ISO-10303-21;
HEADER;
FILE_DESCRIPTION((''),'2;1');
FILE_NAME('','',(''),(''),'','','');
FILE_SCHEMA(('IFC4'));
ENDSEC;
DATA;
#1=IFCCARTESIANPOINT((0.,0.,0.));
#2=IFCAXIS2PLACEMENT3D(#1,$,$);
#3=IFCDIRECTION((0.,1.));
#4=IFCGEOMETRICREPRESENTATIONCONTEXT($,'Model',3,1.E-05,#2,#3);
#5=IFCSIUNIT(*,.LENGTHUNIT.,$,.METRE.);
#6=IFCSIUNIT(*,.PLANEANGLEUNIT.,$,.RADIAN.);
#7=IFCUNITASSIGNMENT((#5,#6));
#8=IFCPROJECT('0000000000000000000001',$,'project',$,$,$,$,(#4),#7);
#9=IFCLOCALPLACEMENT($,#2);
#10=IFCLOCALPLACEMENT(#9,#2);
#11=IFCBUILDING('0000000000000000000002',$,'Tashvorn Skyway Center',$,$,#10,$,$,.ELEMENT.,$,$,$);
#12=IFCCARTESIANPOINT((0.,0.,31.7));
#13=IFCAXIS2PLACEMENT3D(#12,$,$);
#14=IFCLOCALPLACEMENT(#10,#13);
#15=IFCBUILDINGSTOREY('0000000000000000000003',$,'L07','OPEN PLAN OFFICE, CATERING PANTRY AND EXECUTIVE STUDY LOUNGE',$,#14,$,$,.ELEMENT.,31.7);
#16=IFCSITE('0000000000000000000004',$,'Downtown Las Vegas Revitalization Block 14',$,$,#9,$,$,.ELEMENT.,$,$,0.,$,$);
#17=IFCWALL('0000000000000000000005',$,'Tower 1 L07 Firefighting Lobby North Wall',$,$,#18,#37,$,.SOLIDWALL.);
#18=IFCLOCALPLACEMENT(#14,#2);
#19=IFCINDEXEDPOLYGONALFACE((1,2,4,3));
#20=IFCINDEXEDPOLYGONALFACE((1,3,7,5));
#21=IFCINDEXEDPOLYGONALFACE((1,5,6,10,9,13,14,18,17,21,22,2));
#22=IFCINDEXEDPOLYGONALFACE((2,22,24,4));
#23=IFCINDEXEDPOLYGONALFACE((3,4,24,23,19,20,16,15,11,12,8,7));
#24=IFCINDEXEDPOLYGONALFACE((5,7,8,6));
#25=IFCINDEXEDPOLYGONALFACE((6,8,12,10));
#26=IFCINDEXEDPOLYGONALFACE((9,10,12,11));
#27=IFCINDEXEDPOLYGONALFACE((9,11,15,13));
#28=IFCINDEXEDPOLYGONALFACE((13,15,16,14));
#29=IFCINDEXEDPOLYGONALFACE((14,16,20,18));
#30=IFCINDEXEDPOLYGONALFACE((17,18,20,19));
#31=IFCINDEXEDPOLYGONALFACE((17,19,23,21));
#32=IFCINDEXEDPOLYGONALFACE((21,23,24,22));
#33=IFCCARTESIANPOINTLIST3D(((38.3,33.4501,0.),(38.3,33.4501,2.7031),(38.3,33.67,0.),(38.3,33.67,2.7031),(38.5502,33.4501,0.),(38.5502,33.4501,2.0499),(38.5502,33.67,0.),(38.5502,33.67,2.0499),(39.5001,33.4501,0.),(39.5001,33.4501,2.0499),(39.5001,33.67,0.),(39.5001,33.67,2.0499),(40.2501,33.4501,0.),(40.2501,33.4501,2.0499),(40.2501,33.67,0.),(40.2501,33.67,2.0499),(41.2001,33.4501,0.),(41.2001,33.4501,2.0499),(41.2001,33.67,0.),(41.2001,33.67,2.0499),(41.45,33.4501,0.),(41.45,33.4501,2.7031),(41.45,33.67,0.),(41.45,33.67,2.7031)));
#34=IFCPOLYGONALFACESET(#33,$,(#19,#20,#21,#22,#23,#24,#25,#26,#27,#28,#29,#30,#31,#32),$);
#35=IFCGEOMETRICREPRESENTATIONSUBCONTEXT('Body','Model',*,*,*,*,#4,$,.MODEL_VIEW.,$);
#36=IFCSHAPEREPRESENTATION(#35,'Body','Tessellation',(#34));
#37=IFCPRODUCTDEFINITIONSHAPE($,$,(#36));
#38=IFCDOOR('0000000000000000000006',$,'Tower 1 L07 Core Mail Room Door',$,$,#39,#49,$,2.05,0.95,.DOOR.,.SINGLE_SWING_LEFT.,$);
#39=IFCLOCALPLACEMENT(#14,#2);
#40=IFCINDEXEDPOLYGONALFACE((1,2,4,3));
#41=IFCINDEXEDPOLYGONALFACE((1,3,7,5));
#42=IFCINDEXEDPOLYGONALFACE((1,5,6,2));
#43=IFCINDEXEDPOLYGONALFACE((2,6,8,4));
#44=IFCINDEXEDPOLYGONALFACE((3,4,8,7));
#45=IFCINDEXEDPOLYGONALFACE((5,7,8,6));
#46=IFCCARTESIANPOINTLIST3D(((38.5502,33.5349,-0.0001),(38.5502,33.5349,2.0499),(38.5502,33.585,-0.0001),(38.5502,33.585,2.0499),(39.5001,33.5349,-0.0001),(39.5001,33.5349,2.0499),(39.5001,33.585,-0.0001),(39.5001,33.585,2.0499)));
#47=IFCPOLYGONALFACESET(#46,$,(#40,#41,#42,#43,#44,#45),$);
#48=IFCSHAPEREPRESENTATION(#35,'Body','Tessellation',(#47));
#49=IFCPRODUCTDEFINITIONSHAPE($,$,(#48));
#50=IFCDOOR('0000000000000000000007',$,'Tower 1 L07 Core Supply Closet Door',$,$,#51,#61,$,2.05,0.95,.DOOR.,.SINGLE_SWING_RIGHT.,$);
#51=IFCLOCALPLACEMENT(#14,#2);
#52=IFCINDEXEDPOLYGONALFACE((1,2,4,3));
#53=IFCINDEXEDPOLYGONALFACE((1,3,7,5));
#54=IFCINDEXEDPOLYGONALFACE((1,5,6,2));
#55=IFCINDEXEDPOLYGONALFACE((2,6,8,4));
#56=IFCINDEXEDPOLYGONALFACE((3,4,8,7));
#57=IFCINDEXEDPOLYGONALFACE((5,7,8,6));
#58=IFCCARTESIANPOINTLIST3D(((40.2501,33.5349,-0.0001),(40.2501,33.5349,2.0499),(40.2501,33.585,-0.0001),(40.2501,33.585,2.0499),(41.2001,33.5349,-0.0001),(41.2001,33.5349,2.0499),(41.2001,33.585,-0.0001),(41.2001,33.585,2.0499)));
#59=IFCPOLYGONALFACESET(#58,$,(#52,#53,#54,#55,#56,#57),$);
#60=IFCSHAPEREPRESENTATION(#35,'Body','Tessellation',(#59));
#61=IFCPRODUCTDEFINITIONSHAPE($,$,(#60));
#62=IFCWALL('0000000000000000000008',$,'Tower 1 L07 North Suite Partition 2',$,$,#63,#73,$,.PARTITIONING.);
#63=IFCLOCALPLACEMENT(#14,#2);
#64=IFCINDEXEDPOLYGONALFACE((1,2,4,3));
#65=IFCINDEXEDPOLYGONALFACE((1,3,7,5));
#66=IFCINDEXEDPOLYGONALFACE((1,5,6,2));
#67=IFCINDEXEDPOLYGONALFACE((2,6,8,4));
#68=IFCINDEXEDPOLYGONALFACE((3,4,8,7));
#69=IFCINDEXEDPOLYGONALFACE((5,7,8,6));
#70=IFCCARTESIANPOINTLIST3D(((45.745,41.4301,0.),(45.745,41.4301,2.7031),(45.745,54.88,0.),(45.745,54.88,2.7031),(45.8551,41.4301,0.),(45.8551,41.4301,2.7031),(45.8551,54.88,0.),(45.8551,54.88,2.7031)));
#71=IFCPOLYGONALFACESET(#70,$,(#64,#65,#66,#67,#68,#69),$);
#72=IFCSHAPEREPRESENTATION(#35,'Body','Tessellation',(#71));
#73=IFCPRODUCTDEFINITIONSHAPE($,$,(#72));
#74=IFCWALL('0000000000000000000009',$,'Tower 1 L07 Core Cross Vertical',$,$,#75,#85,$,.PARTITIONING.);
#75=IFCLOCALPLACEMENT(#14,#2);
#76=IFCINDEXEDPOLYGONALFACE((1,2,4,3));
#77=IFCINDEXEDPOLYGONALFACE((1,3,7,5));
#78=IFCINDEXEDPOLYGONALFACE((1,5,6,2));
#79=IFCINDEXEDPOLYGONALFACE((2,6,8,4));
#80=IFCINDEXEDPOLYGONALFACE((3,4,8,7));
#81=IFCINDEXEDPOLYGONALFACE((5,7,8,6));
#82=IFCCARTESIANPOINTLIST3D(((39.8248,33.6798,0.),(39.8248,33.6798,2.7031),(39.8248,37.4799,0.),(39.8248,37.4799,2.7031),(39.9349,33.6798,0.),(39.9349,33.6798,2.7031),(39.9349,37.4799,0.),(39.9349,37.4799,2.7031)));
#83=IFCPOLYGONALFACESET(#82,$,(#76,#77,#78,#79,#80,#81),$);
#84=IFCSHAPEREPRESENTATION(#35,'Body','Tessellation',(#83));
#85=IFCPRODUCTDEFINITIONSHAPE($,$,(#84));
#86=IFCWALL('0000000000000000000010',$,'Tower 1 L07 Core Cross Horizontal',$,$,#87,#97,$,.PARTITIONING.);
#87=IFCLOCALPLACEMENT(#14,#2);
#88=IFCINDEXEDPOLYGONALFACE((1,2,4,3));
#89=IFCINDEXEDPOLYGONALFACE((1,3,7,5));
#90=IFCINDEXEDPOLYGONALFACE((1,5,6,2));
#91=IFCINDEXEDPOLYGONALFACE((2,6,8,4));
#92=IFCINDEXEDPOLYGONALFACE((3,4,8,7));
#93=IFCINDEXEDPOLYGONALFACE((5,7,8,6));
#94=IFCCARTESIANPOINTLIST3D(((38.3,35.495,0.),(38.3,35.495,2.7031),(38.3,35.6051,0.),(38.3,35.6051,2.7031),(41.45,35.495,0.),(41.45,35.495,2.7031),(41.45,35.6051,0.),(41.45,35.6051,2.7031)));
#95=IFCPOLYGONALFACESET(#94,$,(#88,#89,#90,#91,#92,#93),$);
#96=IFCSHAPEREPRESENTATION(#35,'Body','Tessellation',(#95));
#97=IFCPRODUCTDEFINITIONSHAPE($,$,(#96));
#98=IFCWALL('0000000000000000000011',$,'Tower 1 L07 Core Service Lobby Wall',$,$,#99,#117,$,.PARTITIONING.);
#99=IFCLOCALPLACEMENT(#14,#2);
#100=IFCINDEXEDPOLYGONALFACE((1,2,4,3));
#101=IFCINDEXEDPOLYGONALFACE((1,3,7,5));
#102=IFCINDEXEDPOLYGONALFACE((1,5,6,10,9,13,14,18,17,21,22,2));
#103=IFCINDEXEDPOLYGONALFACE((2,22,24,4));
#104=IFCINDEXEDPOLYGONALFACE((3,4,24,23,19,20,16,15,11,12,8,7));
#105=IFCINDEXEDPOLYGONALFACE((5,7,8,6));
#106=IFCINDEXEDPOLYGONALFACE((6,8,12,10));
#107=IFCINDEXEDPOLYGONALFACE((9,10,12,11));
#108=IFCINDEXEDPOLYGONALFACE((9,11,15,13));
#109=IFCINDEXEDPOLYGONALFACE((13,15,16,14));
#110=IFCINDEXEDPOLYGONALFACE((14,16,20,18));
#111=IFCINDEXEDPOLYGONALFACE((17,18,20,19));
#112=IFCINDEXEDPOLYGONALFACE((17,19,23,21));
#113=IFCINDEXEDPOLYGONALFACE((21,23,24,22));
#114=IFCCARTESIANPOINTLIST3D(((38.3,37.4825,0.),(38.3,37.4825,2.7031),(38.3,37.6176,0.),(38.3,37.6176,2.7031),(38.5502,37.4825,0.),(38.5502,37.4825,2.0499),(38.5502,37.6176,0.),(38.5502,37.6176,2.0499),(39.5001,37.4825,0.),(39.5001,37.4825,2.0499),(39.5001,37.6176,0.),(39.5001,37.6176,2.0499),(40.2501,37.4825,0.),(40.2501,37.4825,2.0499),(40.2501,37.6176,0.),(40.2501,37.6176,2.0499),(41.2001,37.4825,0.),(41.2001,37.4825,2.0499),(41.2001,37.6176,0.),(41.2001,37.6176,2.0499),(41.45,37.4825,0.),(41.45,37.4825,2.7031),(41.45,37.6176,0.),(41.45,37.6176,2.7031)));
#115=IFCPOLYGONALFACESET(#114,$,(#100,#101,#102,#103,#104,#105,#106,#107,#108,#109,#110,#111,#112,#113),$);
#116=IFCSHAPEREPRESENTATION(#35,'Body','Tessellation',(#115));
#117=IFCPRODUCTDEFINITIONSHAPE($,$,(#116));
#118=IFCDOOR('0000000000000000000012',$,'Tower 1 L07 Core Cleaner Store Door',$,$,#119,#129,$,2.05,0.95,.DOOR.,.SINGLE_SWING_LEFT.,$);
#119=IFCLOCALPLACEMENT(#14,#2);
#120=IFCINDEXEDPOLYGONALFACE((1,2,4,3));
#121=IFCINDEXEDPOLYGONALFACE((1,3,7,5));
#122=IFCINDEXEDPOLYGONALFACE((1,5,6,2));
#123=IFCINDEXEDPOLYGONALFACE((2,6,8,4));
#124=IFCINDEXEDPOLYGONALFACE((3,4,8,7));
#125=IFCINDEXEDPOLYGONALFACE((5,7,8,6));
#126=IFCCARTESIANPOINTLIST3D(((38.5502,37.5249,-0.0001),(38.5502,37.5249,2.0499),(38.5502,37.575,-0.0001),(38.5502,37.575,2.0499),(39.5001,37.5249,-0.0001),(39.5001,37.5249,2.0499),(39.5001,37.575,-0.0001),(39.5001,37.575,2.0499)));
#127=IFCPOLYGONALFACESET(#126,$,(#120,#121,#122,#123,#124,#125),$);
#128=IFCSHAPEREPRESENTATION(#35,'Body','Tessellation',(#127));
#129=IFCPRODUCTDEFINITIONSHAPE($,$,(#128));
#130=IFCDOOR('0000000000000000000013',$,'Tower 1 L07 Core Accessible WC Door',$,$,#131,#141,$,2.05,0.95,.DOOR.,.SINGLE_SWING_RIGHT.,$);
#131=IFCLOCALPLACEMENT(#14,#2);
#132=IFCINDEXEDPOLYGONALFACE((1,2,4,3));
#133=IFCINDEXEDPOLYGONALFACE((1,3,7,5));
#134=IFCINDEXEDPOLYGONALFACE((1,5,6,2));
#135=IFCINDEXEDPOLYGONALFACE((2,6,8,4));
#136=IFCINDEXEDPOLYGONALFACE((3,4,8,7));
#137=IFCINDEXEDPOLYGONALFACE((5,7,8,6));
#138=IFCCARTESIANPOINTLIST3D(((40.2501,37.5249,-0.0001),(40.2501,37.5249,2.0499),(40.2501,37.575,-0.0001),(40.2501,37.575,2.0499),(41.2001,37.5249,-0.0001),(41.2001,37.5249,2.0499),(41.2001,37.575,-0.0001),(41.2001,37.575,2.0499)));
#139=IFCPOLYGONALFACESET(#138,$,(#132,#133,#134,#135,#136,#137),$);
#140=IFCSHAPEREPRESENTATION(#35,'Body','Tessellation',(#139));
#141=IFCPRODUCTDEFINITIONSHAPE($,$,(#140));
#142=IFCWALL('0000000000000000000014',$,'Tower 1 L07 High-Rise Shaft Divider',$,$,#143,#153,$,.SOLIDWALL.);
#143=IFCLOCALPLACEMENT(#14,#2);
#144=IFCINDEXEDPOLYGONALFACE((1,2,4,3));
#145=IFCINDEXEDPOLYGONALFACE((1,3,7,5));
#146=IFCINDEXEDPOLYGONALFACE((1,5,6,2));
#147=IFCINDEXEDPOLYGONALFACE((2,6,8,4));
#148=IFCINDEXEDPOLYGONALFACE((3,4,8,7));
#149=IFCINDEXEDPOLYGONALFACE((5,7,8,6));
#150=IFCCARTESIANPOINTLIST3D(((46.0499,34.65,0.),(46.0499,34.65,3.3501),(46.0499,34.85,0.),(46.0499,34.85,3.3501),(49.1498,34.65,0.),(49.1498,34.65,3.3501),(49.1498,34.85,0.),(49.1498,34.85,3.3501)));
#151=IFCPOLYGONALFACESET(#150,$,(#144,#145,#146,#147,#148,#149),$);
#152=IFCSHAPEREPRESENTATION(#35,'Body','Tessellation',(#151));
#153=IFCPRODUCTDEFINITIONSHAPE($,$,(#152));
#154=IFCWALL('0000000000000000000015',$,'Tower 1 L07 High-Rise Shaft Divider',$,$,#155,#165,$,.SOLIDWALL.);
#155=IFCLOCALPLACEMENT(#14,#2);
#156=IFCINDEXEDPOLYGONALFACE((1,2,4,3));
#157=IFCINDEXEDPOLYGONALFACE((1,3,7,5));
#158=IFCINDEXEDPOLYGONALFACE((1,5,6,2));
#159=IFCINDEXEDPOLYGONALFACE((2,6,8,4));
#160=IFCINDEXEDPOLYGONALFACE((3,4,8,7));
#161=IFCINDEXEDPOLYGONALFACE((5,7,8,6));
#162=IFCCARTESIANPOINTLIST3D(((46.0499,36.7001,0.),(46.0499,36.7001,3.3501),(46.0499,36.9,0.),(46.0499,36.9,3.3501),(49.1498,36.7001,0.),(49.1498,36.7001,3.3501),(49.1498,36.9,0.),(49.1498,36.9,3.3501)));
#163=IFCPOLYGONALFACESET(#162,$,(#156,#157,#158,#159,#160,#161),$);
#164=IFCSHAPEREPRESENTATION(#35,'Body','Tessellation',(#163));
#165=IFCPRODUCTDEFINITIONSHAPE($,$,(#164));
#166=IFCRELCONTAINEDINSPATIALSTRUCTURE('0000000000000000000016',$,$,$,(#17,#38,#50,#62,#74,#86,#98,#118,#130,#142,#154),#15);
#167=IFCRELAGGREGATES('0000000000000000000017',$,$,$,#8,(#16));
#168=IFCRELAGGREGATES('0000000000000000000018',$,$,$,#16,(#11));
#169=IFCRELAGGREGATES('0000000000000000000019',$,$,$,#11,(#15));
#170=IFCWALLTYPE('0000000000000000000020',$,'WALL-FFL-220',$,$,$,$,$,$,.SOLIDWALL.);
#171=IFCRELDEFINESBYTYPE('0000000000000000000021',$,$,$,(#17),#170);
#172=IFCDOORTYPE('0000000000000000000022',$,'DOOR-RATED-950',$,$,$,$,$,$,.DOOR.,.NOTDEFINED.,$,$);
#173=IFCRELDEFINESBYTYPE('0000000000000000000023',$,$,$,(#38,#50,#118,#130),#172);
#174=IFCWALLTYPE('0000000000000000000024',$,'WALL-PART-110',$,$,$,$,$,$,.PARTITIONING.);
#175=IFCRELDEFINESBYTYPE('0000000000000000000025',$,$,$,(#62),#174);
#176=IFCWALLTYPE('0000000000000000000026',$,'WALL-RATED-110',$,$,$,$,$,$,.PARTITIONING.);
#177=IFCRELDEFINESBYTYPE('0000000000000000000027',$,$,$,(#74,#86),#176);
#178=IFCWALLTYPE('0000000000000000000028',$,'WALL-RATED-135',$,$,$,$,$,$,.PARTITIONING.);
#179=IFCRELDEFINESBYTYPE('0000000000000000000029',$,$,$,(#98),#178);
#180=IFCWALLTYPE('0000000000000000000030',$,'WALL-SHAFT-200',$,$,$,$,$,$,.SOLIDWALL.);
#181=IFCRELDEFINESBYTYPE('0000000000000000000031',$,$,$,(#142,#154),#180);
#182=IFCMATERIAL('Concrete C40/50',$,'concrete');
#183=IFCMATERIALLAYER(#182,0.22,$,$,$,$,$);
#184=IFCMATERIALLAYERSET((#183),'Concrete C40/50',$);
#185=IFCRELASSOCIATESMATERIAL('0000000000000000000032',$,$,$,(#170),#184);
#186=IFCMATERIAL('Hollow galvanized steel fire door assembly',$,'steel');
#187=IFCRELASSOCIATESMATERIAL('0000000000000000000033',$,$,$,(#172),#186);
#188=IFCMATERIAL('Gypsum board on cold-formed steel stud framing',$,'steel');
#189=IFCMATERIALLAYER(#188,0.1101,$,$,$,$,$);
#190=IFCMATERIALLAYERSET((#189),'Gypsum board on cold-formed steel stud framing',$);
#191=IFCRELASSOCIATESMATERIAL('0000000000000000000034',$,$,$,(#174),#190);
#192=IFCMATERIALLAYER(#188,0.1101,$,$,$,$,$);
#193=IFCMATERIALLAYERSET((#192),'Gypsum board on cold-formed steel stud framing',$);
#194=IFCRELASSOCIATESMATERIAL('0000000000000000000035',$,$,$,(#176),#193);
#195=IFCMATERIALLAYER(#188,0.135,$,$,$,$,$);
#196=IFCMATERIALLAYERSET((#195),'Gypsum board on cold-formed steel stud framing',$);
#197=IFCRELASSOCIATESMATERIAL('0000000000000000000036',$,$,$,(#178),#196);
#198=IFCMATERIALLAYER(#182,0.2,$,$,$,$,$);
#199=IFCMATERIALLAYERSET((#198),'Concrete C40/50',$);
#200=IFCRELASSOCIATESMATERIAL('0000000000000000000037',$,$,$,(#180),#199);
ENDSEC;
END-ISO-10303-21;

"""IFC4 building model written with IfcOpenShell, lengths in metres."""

from ifc_helpers import new_model, si_unit, direction, frame, frame_2d, origin, place, context, subcontext, project, spatial, rectangle, extrude, material, layer, layer_set, type_object, element, fill, save


model = new_model("IFC4")

# Units and contexts
model_context = context("Model", 3, precision=1e-05, world=origin(), true_north=direction((0.0, 1.0)))
body_context = subcontext(model_context, "Body", "Model", "MODEL_VIEW")
ifc_project = project(units=[si_unit("LENGTHUNIT", "METRE"), si_unit("PLANEANGLEUNIT", "RADIAN")], contexts=[model_context])

# Site, building, storey
site_placement = place(None, origin())
site = spatial("IfcSite", under=ifc_project, at=site_placement, Name="Downtown Las Vegas Revitalization Block 14", CompositionType="ELEMENT", RefElevation=0.0)
building_placement = place(site_placement, origin())
building = spatial("IfcBuilding", under=site, at=building_placement, Name="Tashvorn Skyway Center", CompositionType="ELEMENT")
storey_placement = place(building_placement, frame((0.0, 0.0, 31.7)))
storey = spatial("IfcBuildingStorey", under=building, at=storey_placement, Name="L07", Description="OPEN PLAN OFFICE, CATERING PANTRY AND EXECUTIVE STUDY LOUNGE", CompositionType="ELEMENT", Elevation=31.7)

# Wall, openings, doors
ifc_material_1 = material(Name="Concrete C40/50", Category="concrete")
ifc_layer_1 = layer(ifc_material_1, 0.22)
ifc_layer_set_1 = layer_set([ifc_layer_1], Name="Concrete C40/50")
wall_type_1 = type_object("IfcWallType", Name="WALL-FFL-220", PredefinedType="SOLIDWALL", material=ifc_layer_set_1)
wall_1_placement = place(storey_placement, frame((38.3, 33.5601, 0.0), z_axis=(0.0, 0.0, 1.0), x_axis=(1.0, 0.0, 0.0)))
wall_1 = element("IfcWall", 1, at=wall_1_placement, inside=storey, type_object=wall_type_1, Name="Tower 1 L07 Firefighting Lobby North Wall", PredefinedType="SOLIDWALL", context=body_context, shape_type="SweptSolid", body=[
    extrude(rectangle(XDim=3.1499, YDim=0.22, at=frame_2d((1.575, 0.0))), origin(), (0.0, 0.0, 1.0), 2.7031),
])
opening_1_placement = place(wall_1_placement, frame((0.25, 0.0, 0.0)))
opening_1 = element("IfcOpeningElement", 2, at=opening_1_placement, cuts=wall_1, PredefinedType="OPENING", context=body_context, shape_type="SweptSolid", body=[
    extrude(rectangle(XDim=0.95, YDim=2.05, at=frame_2d((0.4751, 1.0249))), frame((0.0, 0.1199, 0.0), z_axis=(0.0, -1.0, 0.0), x_axis=(1.0, 0.0, 0.0)), (0.0, 0.0, 1.0), 0.24),
])
opening_2_placement = place(wall_1_placement, frame((1.95, 0.0, 0.0)))
opening_2 = element("IfcOpeningElement", 3, at=opening_2_placement, cuts=wall_1, PredefinedType="OPENING", context=body_context, shape_type="SweptSolid", body=[
    extrude(rectangle(XDim=0.95, YDim=2.05, at=frame_2d((0.4751, 1.0249))), frame((0.0, 0.1199, 0.0), z_axis=(0.0, -1.0, 0.0), x_axis=(1.0, 0.0, 0.0)), (0.0, 0.0, 1.0), 0.24),
])
ifc_material_2 = material(Name="Hollow galvanized steel fire door assembly", Category="steel")
door_type_1 = type_object("IfcDoorType", Name="DOOR-RATED-950", OperationType="NOTDEFINED", PredefinedType="DOOR", material=ifc_material_2)
door_1_placement = place(opening_1_placement, origin())
door_1 = element("IfcDoor", 4, at=door_1_placement, inside=storey, type_object=door_type_1, Name="Tower 1 L07 Core Mail Room Door", OperationType="SINGLE_SWING_LEFT", OverallHeight=2.05, OverallWidth=0.95, PredefinedType="DOOR", context=body_context, shape_type="SweptSolid", body=[
    extrude(rectangle(XDim=0.95, YDim=2.05, at=frame_2d((0.4751, 1.0249))), frame((0.0, 0.0249, 0.0), z_axis=(0.0, -1.0, 0.0), x_axis=(1.0, 0.0, 0.0)), (0.0, 0.0, 1.0), 0.05),
])
fill(opening_1, door_1)
door_2_placement = place(opening_2_placement, origin())
door_2 = element("IfcDoor", 5, at=door_2_placement, inside=storey, type_object=door_type_1, Name="Tower 1 L07 Core Supply Closet Door", OperationType="SINGLE_SWING_RIGHT", OverallHeight=2.05, OverallWidth=0.95, PredefinedType="DOOR", context=body_context, shape_type="SweptSolid", body=[
    extrude(rectangle(XDim=0.95, YDim=2.05, at=frame_2d((0.4751, 1.0249))), frame((0.0, 0.0249, 0.0), z_axis=(0.0, -1.0, 0.0), x_axis=(1.0, 0.0, 0.0)), (0.0, 0.0, 1.0), 0.05),
])
fill(opening_2, door_2)

# Walls
ifc_material_3 = material(Name="Gypsum board on cold-formed steel stud framing", Category="steel")
ifc_layer_2 = layer(ifc_material_3, 0.1101)
ifc_layer_set_2 = layer_set([ifc_layer_2], Name="Gypsum board on cold-formed steel stud framing")
wall_type_2 = type_object("IfcWallType", Name="WALL-PART-110", PredefinedType="PARTITIONING", material=ifc_layer_set_2)
wall_2_placement = place(storey_placement, frame((45.8, 41.4299, 0.0), z_axis=(0.0, 0.0, 1.0), x_axis=(0.0, 1.0, 0.0)))
element("IfcWall", 6, at=wall_2_placement, inside=storey, type_object=wall_type_2, Name="Tower 1 L07 North Suite Partition 2", PredefinedType="PARTITIONING", context=body_context, shape_type="SweptSolid", body=[
    extrude(rectangle(XDim=13.45, YDim=0.1101, at=frame_2d((6.7251, 0.0))), origin(), (0.0, 0.0, 1.0), 2.7031),
])
ifc_layer_3 = layer(ifc_material_3, 0.1101)
ifc_layer_set_3 = layer_set([ifc_layer_3], Name="Gypsum board on cold-formed steel stud framing")
wall_type_3 = type_object("IfcWallType", Name="WALL-RATED-110", PredefinedType="PARTITIONING", material=ifc_layer_set_3)
wall_3_placement = place(storey_placement, frame((39.8799, 33.6799, 0.0), z_axis=(0.0, 0.0, 1.0), x_axis=(0.0, 1.0, 0.0)))
element("IfcWall", 7, at=wall_3_placement, inside=storey, type_object=wall_type_3, Name="Tower 1 L07 Core Cross Vertical", PredefinedType="PARTITIONING", context=body_context, shape_type="SweptSolid", body=[
    extrude(rectangle(XDim=3.8, YDim=0.1101, at=frame_2d((1.8999, 0.0))), origin(), (0.0, 0.0, 1.0), 2.7031),
])
wall_4_placement = place(storey_placement, frame((38.3, 35.55, 0.0), z_axis=(0.0, 0.0, 1.0), x_axis=(1.0, 0.0, 0.0)))
element("IfcWall", 8, at=wall_4_placement, inside=storey, type_object=wall_type_3, Name="Tower 1 L07 Core Cross Horizontal", PredefinedType="PARTITIONING", context=body_context, shape_type="SweptSolid", body=[
    extrude(rectangle(XDim=3.1499, YDim=0.1101, at=frame_2d((1.575, 0.0))), origin(), (0.0, 0.0, 1.0), 2.7031),
])

# Wall, openings, doors
ifc_layer_4 = layer(ifc_material_3, 0.135)
ifc_layer_set_4 = layer_set([ifc_layer_4], Name="Gypsum board on cold-formed steel stud framing")
wall_type_4 = type_object("IfcWallType", Name="WALL-RATED-135", PredefinedType="PARTITIONING", material=ifc_layer_set_4)
wall_5_placement = place(storey_placement, frame((38.3, 37.55, 0.0), z_axis=(0.0, 0.0, 1.0), x_axis=(1.0, 0.0, 0.0)))
wall_5 = element("IfcWall", 9, at=wall_5_placement, inside=storey, type_object=wall_type_4, Name="Tower 1 L07 Core Service Lobby Wall", PredefinedType="PARTITIONING", context=body_context, shape_type="SweptSolid", body=[
    extrude(rectangle(XDim=3.1499, YDim=0.135, at=frame_2d((1.575, 0.0))), origin(), (0.0, 0.0, 1.0), 2.7031),
])
opening_3_placement = place(wall_5_placement, frame((0.25, 0.0, 0.0)))
opening_3 = element("IfcOpeningElement", 10, at=opening_3_placement, cuts=wall_5, PredefinedType="OPENING", context=body_context, shape_type="SweptSolid", body=[
    extrude(rectangle(XDim=0.95, YDim=2.05, at=frame_2d((0.4751, 1.0249))), frame((0.0, 0.0774, 0.0), z_axis=(0.0, -1.0, 0.0), x_axis=(1.0, 0.0, 0.0)), (0.0, 0.0, 1.0), 0.155),
])
opening_4_placement = place(wall_5_placement, frame((1.95, 0.0, 0.0)))
opening_4 = element("IfcOpeningElement", 11, at=opening_4_placement, cuts=wall_5, PredefinedType="OPENING", context=body_context, shape_type="SweptSolid", body=[
    extrude(rectangle(XDim=0.95, YDim=2.05, at=frame_2d((0.4751, 1.0249))), frame((0.0, 0.0774, 0.0), z_axis=(0.0, -1.0, 0.0), x_axis=(1.0, 0.0, 0.0)), (0.0, 0.0, 1.0), 0.155),
])
door_3_placement = place(opening_3_placement, origin())
door_3 = element("IfcDoor", 12, at=door_3_placement, inside=storey, type_object=door_type_1, Name="Tower 1 L07 Core Cleaner Store Door", OperationType="SINGLE_SWING_LEFT", OverallHeight=2.05, OverallWidth=0.95, PredefinedType="DOOR", context=body_context, shape_type="SweptSolid", body=[
    extrude(rectangle(XDim=0.95, YDim=2.05, at=frame_2d((0.4751, 1.0249))), frame((0.0, 0.0249, 0.0), z_axis=(0.0, -1.0, 0.0), x_axis=(1.0, 0.0, 0.0)), (0.0, 0.0, 1.0), 0.05),
])
fill(opening_3, door_3)
door_4_placement = place(opening_4_placement, origin())
door_4 = element("IfcDoor", 13, at=door_4_placement, inside=storey, type_object=door_type_1, Name="Tower 1 L07 Core Accessible WC Door", OperationType="SINGLE_SWING_RIGHT", OverallHeight=2.05, OverallWidth=0.95, PredefinedType="DOOR", context=body_context, shape_type="SweptSolid", body=[
    extrude(rectangle(XDim=0.95, YDim=2.05, at=frame_2d((0.4751, 1.0249))), frame((0.0, 0.0249, 0.0), z_axis=(0.0, -1.0, 0.0), x_axis=(1.0, 0.0, 0.0)), (0.0, 0.0, 1.0), 0.05),
])
fill(opening_4, door_4)

# Walls
ifc_layer_5 = layer(ifc_material_1, 0.2)
ifc_layer_set_5 = layer_set([ifc_layer_5], Name="Concrete C40/50")
wall_type_5 = type_object("IfcWallType", Name="WALL-SHAFT-200", PredefinedType="SOLIDWALL", material=ifc_layer_set_5)
for number, where, z_axis, x_axis, name in (
    (14, (46.05, 34.75, 0.0), (0.0, 0.0, 1.0), (1.0, 0.0, 0.0), "Tower 1 L07 High-Rise Shaft Divider"),
    (15, (46.05, 36.8, 0.0), (0.0, 0.0, 1.0), (1.0, 0.0, 0.0), "Tower 1 L07 High-Rise Shaft Divider"),
):
    element("IfcWall", number, at=place(storey_placement, frame(where, z_axis=z_axis, x_axis=x_axis)), inside=storey, type_object=wall_type_5, Name=name, PredefinedType="SOLIDWALL", context=body_context, shape_type="SweptSolid", body=[
        extrude(rectangle(XDim=3.0999, YDim=0.2, at=frame_2d((1.5498, 0.0))), origin(), (0.0, 0.0, 1.0), 3.3501),
    ])

save(model, "model.ifc")
